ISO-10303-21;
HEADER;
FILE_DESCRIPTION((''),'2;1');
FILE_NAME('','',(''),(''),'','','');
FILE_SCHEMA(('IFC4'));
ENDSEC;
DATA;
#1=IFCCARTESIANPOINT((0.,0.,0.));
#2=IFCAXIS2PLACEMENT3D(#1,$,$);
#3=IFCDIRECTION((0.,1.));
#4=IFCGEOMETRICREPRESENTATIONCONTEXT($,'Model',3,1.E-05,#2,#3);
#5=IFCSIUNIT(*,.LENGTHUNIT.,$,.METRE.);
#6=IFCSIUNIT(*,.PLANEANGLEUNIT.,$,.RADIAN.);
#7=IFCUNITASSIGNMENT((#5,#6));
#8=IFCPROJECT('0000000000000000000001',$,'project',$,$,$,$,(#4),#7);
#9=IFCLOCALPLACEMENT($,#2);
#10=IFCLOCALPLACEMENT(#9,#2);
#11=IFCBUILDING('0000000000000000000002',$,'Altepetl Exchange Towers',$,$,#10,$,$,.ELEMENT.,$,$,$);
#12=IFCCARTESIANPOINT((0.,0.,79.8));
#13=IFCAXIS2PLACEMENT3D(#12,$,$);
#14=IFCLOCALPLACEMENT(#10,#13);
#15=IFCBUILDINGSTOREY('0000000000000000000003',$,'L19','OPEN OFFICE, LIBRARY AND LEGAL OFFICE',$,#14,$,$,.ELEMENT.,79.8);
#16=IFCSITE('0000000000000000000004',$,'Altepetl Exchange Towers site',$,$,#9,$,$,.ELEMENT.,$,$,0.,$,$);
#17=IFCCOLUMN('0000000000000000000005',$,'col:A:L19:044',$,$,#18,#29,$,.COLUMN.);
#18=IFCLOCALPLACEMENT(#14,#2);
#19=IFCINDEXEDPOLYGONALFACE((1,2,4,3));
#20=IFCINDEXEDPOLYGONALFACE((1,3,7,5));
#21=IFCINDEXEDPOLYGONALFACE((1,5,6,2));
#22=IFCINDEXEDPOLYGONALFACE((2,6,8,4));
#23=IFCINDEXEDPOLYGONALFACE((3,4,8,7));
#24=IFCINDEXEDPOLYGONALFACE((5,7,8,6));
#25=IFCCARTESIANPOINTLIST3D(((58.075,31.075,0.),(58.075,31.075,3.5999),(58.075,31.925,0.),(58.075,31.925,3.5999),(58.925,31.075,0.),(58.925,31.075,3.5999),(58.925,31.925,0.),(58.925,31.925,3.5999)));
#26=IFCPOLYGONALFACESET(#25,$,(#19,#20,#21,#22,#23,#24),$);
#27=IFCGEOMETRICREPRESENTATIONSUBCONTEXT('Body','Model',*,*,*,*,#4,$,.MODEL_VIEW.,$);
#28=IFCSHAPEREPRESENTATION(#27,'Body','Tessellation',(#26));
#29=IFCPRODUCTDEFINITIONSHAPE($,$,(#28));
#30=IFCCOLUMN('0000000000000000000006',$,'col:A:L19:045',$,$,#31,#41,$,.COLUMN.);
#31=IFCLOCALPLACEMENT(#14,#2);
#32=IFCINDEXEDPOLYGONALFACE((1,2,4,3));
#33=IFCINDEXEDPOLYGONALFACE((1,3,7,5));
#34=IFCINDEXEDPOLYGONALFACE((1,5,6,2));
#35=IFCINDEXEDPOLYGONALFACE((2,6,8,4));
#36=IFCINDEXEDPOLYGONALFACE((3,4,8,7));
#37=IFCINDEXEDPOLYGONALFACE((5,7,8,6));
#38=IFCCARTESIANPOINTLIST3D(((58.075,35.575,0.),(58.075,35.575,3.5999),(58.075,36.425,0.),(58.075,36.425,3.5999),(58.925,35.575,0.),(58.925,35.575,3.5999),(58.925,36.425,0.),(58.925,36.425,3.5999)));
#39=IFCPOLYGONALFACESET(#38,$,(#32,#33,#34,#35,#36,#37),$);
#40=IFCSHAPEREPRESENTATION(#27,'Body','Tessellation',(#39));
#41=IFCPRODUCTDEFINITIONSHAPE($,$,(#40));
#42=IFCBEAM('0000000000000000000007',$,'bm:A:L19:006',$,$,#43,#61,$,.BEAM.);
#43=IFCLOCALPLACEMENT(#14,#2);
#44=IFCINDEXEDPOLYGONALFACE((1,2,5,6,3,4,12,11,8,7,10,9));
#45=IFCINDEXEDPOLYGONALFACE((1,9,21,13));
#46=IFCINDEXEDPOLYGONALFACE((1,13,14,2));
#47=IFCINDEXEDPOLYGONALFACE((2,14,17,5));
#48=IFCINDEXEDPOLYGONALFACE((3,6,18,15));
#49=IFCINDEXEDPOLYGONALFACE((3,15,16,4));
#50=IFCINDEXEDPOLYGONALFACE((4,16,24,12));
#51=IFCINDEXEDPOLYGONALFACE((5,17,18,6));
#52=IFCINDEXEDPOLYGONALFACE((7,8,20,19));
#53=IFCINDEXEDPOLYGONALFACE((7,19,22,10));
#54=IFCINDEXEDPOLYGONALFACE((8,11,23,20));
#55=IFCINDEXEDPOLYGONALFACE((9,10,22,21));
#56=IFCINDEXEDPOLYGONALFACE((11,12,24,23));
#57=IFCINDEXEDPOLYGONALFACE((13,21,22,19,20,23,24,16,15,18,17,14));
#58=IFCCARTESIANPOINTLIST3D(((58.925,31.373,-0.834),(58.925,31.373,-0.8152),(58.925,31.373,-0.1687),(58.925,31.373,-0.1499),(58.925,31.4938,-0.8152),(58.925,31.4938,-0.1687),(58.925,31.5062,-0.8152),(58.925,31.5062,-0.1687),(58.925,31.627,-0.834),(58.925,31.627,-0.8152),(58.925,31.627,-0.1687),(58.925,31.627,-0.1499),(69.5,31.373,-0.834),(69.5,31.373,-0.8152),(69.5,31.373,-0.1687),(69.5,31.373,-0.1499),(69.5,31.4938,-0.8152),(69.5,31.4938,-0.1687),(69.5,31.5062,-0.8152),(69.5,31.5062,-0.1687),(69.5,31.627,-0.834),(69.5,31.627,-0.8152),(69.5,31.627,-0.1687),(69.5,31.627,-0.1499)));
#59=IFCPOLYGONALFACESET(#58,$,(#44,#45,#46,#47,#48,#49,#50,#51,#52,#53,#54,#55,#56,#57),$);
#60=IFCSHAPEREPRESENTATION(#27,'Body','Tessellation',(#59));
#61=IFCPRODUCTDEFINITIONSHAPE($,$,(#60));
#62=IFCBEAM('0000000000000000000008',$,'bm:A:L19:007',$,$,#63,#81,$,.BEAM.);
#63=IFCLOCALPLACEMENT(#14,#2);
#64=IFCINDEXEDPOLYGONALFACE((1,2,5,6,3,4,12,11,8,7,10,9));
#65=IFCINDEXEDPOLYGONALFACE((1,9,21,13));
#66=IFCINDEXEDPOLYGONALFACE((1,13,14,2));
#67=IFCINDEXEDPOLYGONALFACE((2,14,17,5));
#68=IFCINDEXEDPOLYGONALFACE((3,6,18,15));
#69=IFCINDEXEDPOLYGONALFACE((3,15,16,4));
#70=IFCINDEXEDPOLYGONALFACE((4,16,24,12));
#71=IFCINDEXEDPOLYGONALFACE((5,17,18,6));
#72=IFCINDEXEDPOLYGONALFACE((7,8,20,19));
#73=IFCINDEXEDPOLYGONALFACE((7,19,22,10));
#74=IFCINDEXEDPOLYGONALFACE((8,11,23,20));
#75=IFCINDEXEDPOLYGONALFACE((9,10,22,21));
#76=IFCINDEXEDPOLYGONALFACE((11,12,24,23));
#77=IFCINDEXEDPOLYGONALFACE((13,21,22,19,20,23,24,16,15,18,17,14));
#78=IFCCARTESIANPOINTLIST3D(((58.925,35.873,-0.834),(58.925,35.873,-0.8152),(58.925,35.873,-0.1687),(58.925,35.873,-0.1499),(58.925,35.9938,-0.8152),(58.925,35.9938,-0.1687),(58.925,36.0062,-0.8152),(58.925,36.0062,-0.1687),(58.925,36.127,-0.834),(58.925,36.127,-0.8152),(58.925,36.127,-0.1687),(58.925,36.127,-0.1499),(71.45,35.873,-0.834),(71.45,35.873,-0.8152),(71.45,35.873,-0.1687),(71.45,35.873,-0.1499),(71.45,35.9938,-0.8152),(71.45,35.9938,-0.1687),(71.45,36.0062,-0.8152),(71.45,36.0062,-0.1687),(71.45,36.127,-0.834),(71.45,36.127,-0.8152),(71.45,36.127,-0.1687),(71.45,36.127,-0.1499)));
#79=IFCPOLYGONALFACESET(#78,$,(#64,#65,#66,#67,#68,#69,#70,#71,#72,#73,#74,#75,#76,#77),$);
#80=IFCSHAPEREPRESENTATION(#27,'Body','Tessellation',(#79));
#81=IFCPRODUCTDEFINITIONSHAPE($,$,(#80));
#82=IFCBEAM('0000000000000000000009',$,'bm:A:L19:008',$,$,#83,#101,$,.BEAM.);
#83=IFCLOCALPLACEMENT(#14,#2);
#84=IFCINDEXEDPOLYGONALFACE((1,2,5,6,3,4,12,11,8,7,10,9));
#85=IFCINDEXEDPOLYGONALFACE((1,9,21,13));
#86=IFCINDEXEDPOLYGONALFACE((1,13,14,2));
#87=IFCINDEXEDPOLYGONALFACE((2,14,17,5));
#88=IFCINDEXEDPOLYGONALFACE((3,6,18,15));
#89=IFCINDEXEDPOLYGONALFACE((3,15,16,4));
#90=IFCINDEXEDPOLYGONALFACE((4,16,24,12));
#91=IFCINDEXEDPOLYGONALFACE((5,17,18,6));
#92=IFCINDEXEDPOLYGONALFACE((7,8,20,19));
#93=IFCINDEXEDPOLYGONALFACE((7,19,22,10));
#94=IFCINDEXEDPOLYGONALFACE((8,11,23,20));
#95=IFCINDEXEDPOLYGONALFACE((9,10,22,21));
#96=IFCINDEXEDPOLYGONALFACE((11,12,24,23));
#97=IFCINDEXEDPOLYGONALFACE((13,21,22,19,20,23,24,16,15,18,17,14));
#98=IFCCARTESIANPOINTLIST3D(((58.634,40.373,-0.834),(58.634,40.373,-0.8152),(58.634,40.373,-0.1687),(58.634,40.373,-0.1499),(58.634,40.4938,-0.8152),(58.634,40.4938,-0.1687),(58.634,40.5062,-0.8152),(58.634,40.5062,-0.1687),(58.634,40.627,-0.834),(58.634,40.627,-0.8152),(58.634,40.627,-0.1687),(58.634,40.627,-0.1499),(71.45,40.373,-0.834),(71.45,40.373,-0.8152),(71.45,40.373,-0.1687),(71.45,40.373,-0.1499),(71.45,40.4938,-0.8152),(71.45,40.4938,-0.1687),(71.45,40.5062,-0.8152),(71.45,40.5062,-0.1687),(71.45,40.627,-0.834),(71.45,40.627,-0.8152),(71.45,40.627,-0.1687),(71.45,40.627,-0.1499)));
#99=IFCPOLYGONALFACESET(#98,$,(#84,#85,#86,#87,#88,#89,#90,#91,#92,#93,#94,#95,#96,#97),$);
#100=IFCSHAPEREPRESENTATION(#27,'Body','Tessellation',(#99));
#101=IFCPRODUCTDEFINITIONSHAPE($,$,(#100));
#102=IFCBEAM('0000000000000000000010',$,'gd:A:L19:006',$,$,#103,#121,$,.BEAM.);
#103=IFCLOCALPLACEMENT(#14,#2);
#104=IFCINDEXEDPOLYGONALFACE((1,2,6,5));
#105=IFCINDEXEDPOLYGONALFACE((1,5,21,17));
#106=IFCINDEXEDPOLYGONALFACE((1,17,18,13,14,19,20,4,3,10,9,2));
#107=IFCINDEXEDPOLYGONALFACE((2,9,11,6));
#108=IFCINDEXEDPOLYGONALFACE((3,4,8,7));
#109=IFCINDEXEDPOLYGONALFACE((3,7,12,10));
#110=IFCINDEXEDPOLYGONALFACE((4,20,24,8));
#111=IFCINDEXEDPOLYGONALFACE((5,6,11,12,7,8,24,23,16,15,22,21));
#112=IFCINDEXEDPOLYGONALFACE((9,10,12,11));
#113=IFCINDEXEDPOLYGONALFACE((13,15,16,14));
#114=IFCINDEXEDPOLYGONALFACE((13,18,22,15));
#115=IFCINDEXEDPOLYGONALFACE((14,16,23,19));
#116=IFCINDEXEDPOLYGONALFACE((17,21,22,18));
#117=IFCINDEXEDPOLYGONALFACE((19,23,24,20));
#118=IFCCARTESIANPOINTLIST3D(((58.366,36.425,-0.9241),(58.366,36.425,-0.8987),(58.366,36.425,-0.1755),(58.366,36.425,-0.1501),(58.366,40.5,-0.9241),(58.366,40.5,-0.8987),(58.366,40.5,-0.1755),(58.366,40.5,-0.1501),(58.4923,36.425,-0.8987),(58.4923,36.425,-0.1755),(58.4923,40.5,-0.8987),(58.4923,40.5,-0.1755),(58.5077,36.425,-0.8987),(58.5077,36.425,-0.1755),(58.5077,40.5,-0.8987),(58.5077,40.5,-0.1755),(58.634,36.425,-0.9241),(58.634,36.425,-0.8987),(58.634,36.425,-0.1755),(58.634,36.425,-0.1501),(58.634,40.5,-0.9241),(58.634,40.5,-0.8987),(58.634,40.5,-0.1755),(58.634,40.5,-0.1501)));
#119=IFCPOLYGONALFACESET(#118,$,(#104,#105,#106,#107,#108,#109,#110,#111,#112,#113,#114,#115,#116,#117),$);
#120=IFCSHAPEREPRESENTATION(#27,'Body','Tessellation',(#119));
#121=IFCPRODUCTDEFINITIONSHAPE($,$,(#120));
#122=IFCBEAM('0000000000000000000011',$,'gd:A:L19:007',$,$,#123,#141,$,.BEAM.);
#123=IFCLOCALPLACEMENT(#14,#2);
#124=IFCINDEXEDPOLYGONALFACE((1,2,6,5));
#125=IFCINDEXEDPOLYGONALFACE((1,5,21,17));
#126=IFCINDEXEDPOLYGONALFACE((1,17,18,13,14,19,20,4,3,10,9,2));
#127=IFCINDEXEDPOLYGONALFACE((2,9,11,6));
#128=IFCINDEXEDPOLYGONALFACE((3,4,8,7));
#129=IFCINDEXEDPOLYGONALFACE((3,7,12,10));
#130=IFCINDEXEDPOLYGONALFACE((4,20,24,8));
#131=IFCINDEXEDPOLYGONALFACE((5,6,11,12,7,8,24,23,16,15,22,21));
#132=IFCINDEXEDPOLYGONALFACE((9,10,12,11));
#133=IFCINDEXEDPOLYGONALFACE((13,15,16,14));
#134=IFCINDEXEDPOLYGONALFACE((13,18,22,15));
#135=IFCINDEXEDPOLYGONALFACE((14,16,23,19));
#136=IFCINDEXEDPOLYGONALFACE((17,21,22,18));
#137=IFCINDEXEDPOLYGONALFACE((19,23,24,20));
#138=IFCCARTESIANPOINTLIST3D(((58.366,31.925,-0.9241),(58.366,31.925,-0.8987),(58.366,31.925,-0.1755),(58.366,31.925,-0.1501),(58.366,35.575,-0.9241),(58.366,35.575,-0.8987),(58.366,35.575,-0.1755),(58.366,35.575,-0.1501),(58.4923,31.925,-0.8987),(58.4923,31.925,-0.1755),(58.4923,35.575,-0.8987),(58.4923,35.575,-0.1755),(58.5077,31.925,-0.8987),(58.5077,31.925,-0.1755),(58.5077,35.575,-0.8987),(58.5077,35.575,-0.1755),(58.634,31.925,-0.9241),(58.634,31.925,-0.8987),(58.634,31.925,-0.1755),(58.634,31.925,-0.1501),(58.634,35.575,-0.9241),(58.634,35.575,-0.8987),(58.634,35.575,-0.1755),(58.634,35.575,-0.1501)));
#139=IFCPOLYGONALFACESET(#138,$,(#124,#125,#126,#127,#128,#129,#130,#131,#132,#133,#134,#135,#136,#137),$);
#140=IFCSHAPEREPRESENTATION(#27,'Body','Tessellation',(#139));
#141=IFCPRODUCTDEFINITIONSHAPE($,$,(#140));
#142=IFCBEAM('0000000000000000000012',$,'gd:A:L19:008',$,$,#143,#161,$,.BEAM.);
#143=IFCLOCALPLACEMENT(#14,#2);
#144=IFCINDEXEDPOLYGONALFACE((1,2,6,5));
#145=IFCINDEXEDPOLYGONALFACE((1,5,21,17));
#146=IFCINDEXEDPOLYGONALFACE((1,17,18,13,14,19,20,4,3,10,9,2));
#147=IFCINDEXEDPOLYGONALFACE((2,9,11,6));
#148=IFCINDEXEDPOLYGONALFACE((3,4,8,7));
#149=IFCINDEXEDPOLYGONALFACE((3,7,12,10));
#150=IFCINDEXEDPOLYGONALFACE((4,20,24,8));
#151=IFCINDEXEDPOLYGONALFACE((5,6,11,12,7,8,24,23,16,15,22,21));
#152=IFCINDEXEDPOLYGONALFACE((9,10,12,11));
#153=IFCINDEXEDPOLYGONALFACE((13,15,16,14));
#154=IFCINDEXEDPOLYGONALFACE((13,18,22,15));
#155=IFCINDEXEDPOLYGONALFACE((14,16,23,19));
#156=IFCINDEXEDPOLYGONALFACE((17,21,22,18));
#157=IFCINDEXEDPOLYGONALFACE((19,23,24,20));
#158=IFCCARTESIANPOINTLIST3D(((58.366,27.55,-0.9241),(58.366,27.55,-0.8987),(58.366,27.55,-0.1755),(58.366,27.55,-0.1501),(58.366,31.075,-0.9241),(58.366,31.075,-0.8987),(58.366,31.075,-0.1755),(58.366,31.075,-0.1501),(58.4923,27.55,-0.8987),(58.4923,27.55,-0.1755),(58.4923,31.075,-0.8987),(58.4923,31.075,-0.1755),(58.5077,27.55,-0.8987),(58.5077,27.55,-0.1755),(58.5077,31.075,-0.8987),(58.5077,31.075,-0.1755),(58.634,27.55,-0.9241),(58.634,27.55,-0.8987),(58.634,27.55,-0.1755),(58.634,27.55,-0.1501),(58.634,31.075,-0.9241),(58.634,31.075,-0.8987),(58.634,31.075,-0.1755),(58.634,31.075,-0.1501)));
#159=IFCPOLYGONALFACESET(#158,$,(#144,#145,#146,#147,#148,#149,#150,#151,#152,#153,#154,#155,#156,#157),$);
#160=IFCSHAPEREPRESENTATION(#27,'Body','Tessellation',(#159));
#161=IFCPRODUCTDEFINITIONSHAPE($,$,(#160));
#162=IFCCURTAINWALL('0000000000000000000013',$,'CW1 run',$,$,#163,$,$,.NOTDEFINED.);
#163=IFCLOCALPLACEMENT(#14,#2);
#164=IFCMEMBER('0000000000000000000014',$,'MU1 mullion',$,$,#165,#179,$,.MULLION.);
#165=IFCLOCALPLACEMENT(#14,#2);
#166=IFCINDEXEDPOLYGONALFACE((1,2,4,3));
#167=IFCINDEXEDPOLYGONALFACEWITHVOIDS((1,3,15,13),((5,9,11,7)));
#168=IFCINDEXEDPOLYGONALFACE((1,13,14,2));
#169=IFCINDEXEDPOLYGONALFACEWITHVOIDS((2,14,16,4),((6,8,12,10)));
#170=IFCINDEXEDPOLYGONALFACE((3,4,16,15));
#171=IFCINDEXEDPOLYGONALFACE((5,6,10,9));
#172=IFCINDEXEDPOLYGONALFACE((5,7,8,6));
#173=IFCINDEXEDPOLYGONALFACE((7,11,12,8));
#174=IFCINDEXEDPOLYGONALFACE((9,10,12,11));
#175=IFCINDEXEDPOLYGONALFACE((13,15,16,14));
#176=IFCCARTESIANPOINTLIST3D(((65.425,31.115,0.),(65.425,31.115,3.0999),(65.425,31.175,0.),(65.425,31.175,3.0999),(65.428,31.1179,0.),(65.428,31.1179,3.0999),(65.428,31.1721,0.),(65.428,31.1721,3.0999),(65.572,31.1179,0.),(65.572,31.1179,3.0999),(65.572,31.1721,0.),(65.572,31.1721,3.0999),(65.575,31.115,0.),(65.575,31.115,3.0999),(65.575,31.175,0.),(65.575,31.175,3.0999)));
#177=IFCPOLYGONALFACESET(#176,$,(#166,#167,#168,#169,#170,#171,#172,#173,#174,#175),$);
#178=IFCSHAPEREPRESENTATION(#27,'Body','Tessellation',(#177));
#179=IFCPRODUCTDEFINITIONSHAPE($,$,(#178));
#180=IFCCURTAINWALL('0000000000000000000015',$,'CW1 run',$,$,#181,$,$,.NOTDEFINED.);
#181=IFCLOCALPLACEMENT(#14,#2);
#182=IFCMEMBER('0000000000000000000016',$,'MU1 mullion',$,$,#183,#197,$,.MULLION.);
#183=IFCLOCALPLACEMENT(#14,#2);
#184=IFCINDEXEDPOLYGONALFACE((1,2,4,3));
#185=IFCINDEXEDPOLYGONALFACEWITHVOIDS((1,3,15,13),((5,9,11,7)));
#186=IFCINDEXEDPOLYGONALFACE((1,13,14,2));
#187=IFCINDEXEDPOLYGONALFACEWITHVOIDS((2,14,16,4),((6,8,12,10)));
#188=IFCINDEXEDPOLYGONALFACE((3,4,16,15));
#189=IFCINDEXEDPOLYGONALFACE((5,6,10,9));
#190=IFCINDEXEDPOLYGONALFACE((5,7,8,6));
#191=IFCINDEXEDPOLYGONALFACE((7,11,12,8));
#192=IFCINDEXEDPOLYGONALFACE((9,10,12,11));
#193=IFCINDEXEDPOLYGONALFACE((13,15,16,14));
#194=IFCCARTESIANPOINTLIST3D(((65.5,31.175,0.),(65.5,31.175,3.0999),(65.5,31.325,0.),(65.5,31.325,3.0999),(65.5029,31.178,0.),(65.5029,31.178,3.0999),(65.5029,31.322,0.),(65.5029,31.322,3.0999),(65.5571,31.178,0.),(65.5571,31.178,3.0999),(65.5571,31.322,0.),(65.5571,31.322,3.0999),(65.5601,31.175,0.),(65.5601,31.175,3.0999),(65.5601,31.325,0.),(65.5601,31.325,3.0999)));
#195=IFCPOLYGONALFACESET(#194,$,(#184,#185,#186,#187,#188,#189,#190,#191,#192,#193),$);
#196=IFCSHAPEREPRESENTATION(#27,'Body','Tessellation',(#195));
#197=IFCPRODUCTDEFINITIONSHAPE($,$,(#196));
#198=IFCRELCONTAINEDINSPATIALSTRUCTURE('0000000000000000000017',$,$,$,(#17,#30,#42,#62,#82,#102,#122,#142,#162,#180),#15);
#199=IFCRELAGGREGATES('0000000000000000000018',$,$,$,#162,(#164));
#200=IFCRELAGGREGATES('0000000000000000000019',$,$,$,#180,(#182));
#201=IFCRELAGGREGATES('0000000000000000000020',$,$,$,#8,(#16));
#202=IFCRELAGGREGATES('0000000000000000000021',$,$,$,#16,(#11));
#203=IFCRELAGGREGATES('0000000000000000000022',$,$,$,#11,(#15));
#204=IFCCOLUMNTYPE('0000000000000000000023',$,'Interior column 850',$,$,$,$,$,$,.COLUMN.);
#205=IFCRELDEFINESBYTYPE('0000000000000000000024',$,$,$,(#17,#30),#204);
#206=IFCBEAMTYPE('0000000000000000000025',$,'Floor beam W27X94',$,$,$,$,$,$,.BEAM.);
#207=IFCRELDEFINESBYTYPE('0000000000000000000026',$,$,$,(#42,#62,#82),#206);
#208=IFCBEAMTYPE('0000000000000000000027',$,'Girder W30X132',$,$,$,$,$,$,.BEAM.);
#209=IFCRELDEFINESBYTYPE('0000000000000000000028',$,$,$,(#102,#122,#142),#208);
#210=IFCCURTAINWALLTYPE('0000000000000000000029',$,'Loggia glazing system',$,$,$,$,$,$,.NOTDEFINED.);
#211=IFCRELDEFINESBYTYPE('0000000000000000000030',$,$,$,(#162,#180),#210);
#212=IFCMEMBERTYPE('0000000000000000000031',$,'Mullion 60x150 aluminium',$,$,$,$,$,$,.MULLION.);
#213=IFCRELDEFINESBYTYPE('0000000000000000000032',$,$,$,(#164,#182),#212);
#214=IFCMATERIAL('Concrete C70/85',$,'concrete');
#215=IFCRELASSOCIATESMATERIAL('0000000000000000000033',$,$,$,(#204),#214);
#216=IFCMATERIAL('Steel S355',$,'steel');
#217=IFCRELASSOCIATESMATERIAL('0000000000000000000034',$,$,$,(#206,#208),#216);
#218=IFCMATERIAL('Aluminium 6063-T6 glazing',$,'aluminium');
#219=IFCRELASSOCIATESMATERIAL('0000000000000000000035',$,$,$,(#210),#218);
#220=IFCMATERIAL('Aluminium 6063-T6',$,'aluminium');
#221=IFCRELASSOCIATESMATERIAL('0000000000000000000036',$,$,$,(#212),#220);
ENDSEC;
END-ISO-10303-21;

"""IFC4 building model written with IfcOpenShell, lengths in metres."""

from ifc_helpers import new_model, si_unit, direction, frame, origin, origin_2d, place, context, subcontext, project, spatial, rectangle, hollow_rectangle, i_section, extrude, material, material_profile, profile_set, type_object, element, aggregate, save


model = new_model("IFC4")

# Units and contexts
model_context = context("Model", 3, precision=1e-05, world=origin(), true_north=direction((0.0, 1.0)))
body_context = subcontext(model_context, "Body", "Model", "MODEL_VIEW")
ifc_project = project(units=[si_unit("LENGTHUNIT", "METRE"), si_unit("PLANEANGLEUNIT", "RADIAN")], contexts=[model_context])

# Site, building, storey
site_placement = place(None, origin())
site = spatial("IfcSite", under=ifc_project, at=site_placement, Name="Altepetl Exchange Towers site", CompositionType="ELEMENT", RefElevation=0.0)
building_placement = place(site_placement, origin())
building = spatial("IfcBuilding", under=site, at=building_placement, Name="Altepetl Exchange Towers", CompositionType="ELEMENT")
storey_placement = place(building_placement, frame((0.0, 0.0, 79.8)))
storey = spatial("IfcBuildingStorey", under=building, at=storey_placement, Name="L19", Description="OPEN OFFICE, LIBRARY AND LEGAL OFFICE", CompositionType="ELEMENT", Elevation=79.8)

# Columns
ifc_material_1 = material(Name="Concrete C70/85", Category="concrete")
ifc_material_profile_1 = material_profile(ifc_material_1, rectangle(XDim=0.8501, YDim=0.8501, at=origin_2d()), Name="850 x 850")
ifc_profile_set_1 = profile_set([ifc_material_profile_1], Name="Concrete C70/85")
column_type = type_object("IfcColumnType", Name="Interior column 850", PredefinedType="COLUMN", material=ifc_profile_set_1)
for number, where, name in (
    (1, (58.5, 31.5, 0.0), "col:A:L19:044"),
    (2, (58.5, 36.0, 0.0), "col:A:L19:045"),
):
    element("IfcColumn", number, at=place(storey_placement, frame(where)), inside=storey, type_object=column_type, Name=name, PredefinedType="COLUMN", context=body_context, shape_type="SweptSolid", body=[
        extrude(rectangle(XDim=0.8501, YDim=0.8501, at=origin_2d()), origin(), (0.0, 0.0, 1.0), 3.5999),
    ])

# Beams
ifc_material_2 = material(Name="Steel S355", Category="steel")
ifc_material_profile_2 = material_profile(ifc_material_2, i_section(OverallWidth=0.2539, OverallDepth=0.6841, WebThickness=0.0125, FlangeThickness=0.0188, at=origin_2d()), Name="W27X94")
ifc_profile_set_2 = profile_set([ifc_material_profile_2], Name="Steel S355")
beam_type_1 = type_object("IfcBeamType", Name="Floor beam W27X94", PredefinedType="BEAM", material=ifc_profile_set_2)
beam_1_placement = place(storey_placement, frame((58.925, 31.5, -0.4919), z_axis=(1.0, 0.0, 0.0), x_axis=(0.0, 1.0, 0.0)))
element("IfcBeam", 3, at=beam_1_placement, inside=storey, type_object=beam_type_1, Name="bm:A:L19:006", PredefinedType="BEAM", context=body_context, shape_type="SweptSolid", body=[
    extrude(i_section(OverallWidth=0.2539, OverallDepth=0.6841, WebThickness=0.0125, FlangeThickness=0.0188, at=origin_2d()), origin(), (0.0, 0.0, 1.0), 10.575),
])
beam_2_placement = place(storey_placement, frame((58.925, 36.0, -0.4919), z_axis=(1.0, 0.0, 0.0), x_axis=(0.0, 1.0, 0.0)))
element("IfcBeam", 4, at=beam_2_placement, inside=storey, type_object=beam_type_1, Name="bm:A:L19:007", PredefinedType="BEAM", context=body_context, shape_type="SweptSolid", body=[
    extrude(i_section(OverallWidth=0.2539, OverallDepth=0.6841, WebThickness=0.0125, FlangeThickness=0.0188, at=origin_2d()), origin(), (0.0, 0.0, 1.0), 12.5249),
])
beam_3_placement = place(storey_placement, frame((58.634, 40.5, -0.4919), z_axis=(1.0, 0.0, 0.0), x_axis=(0.0, 1.0, 0.0)))
element("IfcBeam", 5, at=beam_3_placement, inside=storey, type_object=beam_type_1, Name="bm:A:L19:008", PredefinedType="BEAM", context=body_context, shape_type="SweptSolid", body=[
    extrude(i_section(OverallWidth=0.2539, OverallDepth=0.6841, WebThickness=0.0125, FlangeThickness=0.0188, at=origin_2d()), origin(), (0.0, 0.0, 1.0), 12.8159),
])
ifc_material_profile_3 = material_profile(ifc_material_2, i_section(OverallWidth=0.2681, OverallDepth=0.7739, WebThickness=0.0154, FlangeThickness=0.0254, at=origin_2d()), Name="W30X132")
ifc_profile_set_3 = profile_set([ifc_material_profile_3], Name="Steel S355")
beam_type_2 = type_object("IfcBeamType", Name="Girder W30X132", PredefinedType="BEAM", material=ifc_profile_set_3)
beam_4_placement = place(storey_placement, frame((58.5, 40.5, -0.5371), z_axis=(0.0, -1.0, 0.0), x_axis=(1.0, 0.0, 0.0)))
element("IfcBeam", 6, at=beam_4_placement, inside=storey, type_object=beam_type_2, Name="gd:A:L19:006", PredefinedType="BEAM", context=body_context, shape_type="SweptSolid", body=[
    extrude(i_section(OverallWidth=0.2681, OverallDepth=0.7739, WebThickness=0.0154, FlangeThickness=0.0254, at=origin_2d()), origin(), (0.0, 0.0, 1.0), 4.075),
])
beam_5_placement = place(storey_placement, frame((58.5, 35.575, -0.5371), z_axis=(0.0, -1.0, 0.0), x_axis=(1.0, 0.0, 0.0)))
element("IfcBeam", 7, at=beam_5_placement, inside=storey, type_object=beam_type_2, Name="gd:A:L19:007", PredefinedType="BEAM", context=body_context, shape_type="SweptSolid", body=[
    extrude(i_section(OverallWidth=0.2681, OverallDepth=0.7739, WebThickness=0.0154, FlangeThickness=0.0254, at=origin_2d()), origin(), (0.0, 0.0, 1.0), 3.6499),
])
beam_6_placement = place(storey_placement, frame((58.5, 31.075, -0.5371), z_axis=(0.0, -1.0, 0.0), x_axis=(1.0, 0.0, 0.0)))
element("IfcBeam", 8, at=beam_6_placement, inside=storey, type_object=beam_type_2, Name="gd:A:L19:008", PredefinedType="BEAM", context=body_context, shape_type="SweptSolid", body=[
    extrude(i_section(OverallWidth=0.2681, OverallDepth=0.7739, WebThickness=0.0154, FlangeThickness=0.0254, at=origin_2d()), origin(), (0.0, 0.0, 1.0), 3.5249),
])

# Curtain wall, member
ifc_material_3 = material(Name="Aluminium 6063-T6 glazing", Category="aluminium")
curtain_wall_type = type_object("IfcCurtainWallType", Name="Loggia glazing system", PredefinedType="NOTDEFINED", material=ifc_material_3)
curtain_wall_1_placement = place(storey_placement, origin())
curtain_wall_1 = element("IfcCurtainWall", 9, at=curtain_wall_1_placement, inside=storey, type_object=curtain_wall_type, Name="CW1 run", PredefinedType="NOTDEFINED")
ifc_material_4 = material(Name="Aluminium 6063-T6", Category="aluminium")
ifc_material_profile_4 = material_profile(ifc_material_4, hollow_rectangle(XDim=0.0601, YDim=0.1499, WallThickness=0.0029, at=origin_2d()), Name="Mullion 60x150 aluminium")
ifc_profile_set_4 = profile_set([ifc_material_profile_4], Name="Aluminium 6063-T6")
member_type = type_object("IfcMemberType", Name="Mullion 60x150 aluminium", PredefinedType="MULLION", material=ifc_profile_set_4)
member_1_placement = place(storey_placement, frame((65.5, 31.145, 0.0), z_axis=(0.0, 0.0, 1.0), x_axis=(0.0, 1.0, 0.0)))
member_1 = element("IfcMember", 10, at=member_1_placement, type_object=member_type, Name="MU1 mullion", PredefinedType="MULLION", context=body_context, shape_type="SweptSolid", body=[
    extrude(hollow_rectangle(XDim=0.0601, YDim=0.1499, WallThickness=0.0029, at=origin_2d()), origin(), (0.0, 0.0, 1.0), 3.0999),
])
aggregate(curtain_wall_1, [member_1])

# Curtain wall, member
curtain_wall_2_placement = place(storey_placement, origin())
curtain_wall_2 = element("IfcCurtainWall", 11, at=curtain_wall_2_placement, inside=storey, type_object=curtain_wall_type, Name="CW1 run", PredefinedType="NOTDEFINED")
member_2_placement = place(storey_placement, frame((65.53, 31.25, 0.0)))
member_2 = element("IfcMember", 12, at=member_2_placement, type_object=member_type, Name="MU1 mullion", PredefinedType="MULLION", context=body_context, shape_type="SweptSolid", body=[
    extrude(hollow_rectangle(XDim=0.0601, YDim=0.1499, WallThickness=0.0029, at=origin_2d()), origin(), (0.0, 0.0, 1.0), 3.0999),
])
aggregate(curtain_wall_2, [member_2])

save(model, "model.ifc")
